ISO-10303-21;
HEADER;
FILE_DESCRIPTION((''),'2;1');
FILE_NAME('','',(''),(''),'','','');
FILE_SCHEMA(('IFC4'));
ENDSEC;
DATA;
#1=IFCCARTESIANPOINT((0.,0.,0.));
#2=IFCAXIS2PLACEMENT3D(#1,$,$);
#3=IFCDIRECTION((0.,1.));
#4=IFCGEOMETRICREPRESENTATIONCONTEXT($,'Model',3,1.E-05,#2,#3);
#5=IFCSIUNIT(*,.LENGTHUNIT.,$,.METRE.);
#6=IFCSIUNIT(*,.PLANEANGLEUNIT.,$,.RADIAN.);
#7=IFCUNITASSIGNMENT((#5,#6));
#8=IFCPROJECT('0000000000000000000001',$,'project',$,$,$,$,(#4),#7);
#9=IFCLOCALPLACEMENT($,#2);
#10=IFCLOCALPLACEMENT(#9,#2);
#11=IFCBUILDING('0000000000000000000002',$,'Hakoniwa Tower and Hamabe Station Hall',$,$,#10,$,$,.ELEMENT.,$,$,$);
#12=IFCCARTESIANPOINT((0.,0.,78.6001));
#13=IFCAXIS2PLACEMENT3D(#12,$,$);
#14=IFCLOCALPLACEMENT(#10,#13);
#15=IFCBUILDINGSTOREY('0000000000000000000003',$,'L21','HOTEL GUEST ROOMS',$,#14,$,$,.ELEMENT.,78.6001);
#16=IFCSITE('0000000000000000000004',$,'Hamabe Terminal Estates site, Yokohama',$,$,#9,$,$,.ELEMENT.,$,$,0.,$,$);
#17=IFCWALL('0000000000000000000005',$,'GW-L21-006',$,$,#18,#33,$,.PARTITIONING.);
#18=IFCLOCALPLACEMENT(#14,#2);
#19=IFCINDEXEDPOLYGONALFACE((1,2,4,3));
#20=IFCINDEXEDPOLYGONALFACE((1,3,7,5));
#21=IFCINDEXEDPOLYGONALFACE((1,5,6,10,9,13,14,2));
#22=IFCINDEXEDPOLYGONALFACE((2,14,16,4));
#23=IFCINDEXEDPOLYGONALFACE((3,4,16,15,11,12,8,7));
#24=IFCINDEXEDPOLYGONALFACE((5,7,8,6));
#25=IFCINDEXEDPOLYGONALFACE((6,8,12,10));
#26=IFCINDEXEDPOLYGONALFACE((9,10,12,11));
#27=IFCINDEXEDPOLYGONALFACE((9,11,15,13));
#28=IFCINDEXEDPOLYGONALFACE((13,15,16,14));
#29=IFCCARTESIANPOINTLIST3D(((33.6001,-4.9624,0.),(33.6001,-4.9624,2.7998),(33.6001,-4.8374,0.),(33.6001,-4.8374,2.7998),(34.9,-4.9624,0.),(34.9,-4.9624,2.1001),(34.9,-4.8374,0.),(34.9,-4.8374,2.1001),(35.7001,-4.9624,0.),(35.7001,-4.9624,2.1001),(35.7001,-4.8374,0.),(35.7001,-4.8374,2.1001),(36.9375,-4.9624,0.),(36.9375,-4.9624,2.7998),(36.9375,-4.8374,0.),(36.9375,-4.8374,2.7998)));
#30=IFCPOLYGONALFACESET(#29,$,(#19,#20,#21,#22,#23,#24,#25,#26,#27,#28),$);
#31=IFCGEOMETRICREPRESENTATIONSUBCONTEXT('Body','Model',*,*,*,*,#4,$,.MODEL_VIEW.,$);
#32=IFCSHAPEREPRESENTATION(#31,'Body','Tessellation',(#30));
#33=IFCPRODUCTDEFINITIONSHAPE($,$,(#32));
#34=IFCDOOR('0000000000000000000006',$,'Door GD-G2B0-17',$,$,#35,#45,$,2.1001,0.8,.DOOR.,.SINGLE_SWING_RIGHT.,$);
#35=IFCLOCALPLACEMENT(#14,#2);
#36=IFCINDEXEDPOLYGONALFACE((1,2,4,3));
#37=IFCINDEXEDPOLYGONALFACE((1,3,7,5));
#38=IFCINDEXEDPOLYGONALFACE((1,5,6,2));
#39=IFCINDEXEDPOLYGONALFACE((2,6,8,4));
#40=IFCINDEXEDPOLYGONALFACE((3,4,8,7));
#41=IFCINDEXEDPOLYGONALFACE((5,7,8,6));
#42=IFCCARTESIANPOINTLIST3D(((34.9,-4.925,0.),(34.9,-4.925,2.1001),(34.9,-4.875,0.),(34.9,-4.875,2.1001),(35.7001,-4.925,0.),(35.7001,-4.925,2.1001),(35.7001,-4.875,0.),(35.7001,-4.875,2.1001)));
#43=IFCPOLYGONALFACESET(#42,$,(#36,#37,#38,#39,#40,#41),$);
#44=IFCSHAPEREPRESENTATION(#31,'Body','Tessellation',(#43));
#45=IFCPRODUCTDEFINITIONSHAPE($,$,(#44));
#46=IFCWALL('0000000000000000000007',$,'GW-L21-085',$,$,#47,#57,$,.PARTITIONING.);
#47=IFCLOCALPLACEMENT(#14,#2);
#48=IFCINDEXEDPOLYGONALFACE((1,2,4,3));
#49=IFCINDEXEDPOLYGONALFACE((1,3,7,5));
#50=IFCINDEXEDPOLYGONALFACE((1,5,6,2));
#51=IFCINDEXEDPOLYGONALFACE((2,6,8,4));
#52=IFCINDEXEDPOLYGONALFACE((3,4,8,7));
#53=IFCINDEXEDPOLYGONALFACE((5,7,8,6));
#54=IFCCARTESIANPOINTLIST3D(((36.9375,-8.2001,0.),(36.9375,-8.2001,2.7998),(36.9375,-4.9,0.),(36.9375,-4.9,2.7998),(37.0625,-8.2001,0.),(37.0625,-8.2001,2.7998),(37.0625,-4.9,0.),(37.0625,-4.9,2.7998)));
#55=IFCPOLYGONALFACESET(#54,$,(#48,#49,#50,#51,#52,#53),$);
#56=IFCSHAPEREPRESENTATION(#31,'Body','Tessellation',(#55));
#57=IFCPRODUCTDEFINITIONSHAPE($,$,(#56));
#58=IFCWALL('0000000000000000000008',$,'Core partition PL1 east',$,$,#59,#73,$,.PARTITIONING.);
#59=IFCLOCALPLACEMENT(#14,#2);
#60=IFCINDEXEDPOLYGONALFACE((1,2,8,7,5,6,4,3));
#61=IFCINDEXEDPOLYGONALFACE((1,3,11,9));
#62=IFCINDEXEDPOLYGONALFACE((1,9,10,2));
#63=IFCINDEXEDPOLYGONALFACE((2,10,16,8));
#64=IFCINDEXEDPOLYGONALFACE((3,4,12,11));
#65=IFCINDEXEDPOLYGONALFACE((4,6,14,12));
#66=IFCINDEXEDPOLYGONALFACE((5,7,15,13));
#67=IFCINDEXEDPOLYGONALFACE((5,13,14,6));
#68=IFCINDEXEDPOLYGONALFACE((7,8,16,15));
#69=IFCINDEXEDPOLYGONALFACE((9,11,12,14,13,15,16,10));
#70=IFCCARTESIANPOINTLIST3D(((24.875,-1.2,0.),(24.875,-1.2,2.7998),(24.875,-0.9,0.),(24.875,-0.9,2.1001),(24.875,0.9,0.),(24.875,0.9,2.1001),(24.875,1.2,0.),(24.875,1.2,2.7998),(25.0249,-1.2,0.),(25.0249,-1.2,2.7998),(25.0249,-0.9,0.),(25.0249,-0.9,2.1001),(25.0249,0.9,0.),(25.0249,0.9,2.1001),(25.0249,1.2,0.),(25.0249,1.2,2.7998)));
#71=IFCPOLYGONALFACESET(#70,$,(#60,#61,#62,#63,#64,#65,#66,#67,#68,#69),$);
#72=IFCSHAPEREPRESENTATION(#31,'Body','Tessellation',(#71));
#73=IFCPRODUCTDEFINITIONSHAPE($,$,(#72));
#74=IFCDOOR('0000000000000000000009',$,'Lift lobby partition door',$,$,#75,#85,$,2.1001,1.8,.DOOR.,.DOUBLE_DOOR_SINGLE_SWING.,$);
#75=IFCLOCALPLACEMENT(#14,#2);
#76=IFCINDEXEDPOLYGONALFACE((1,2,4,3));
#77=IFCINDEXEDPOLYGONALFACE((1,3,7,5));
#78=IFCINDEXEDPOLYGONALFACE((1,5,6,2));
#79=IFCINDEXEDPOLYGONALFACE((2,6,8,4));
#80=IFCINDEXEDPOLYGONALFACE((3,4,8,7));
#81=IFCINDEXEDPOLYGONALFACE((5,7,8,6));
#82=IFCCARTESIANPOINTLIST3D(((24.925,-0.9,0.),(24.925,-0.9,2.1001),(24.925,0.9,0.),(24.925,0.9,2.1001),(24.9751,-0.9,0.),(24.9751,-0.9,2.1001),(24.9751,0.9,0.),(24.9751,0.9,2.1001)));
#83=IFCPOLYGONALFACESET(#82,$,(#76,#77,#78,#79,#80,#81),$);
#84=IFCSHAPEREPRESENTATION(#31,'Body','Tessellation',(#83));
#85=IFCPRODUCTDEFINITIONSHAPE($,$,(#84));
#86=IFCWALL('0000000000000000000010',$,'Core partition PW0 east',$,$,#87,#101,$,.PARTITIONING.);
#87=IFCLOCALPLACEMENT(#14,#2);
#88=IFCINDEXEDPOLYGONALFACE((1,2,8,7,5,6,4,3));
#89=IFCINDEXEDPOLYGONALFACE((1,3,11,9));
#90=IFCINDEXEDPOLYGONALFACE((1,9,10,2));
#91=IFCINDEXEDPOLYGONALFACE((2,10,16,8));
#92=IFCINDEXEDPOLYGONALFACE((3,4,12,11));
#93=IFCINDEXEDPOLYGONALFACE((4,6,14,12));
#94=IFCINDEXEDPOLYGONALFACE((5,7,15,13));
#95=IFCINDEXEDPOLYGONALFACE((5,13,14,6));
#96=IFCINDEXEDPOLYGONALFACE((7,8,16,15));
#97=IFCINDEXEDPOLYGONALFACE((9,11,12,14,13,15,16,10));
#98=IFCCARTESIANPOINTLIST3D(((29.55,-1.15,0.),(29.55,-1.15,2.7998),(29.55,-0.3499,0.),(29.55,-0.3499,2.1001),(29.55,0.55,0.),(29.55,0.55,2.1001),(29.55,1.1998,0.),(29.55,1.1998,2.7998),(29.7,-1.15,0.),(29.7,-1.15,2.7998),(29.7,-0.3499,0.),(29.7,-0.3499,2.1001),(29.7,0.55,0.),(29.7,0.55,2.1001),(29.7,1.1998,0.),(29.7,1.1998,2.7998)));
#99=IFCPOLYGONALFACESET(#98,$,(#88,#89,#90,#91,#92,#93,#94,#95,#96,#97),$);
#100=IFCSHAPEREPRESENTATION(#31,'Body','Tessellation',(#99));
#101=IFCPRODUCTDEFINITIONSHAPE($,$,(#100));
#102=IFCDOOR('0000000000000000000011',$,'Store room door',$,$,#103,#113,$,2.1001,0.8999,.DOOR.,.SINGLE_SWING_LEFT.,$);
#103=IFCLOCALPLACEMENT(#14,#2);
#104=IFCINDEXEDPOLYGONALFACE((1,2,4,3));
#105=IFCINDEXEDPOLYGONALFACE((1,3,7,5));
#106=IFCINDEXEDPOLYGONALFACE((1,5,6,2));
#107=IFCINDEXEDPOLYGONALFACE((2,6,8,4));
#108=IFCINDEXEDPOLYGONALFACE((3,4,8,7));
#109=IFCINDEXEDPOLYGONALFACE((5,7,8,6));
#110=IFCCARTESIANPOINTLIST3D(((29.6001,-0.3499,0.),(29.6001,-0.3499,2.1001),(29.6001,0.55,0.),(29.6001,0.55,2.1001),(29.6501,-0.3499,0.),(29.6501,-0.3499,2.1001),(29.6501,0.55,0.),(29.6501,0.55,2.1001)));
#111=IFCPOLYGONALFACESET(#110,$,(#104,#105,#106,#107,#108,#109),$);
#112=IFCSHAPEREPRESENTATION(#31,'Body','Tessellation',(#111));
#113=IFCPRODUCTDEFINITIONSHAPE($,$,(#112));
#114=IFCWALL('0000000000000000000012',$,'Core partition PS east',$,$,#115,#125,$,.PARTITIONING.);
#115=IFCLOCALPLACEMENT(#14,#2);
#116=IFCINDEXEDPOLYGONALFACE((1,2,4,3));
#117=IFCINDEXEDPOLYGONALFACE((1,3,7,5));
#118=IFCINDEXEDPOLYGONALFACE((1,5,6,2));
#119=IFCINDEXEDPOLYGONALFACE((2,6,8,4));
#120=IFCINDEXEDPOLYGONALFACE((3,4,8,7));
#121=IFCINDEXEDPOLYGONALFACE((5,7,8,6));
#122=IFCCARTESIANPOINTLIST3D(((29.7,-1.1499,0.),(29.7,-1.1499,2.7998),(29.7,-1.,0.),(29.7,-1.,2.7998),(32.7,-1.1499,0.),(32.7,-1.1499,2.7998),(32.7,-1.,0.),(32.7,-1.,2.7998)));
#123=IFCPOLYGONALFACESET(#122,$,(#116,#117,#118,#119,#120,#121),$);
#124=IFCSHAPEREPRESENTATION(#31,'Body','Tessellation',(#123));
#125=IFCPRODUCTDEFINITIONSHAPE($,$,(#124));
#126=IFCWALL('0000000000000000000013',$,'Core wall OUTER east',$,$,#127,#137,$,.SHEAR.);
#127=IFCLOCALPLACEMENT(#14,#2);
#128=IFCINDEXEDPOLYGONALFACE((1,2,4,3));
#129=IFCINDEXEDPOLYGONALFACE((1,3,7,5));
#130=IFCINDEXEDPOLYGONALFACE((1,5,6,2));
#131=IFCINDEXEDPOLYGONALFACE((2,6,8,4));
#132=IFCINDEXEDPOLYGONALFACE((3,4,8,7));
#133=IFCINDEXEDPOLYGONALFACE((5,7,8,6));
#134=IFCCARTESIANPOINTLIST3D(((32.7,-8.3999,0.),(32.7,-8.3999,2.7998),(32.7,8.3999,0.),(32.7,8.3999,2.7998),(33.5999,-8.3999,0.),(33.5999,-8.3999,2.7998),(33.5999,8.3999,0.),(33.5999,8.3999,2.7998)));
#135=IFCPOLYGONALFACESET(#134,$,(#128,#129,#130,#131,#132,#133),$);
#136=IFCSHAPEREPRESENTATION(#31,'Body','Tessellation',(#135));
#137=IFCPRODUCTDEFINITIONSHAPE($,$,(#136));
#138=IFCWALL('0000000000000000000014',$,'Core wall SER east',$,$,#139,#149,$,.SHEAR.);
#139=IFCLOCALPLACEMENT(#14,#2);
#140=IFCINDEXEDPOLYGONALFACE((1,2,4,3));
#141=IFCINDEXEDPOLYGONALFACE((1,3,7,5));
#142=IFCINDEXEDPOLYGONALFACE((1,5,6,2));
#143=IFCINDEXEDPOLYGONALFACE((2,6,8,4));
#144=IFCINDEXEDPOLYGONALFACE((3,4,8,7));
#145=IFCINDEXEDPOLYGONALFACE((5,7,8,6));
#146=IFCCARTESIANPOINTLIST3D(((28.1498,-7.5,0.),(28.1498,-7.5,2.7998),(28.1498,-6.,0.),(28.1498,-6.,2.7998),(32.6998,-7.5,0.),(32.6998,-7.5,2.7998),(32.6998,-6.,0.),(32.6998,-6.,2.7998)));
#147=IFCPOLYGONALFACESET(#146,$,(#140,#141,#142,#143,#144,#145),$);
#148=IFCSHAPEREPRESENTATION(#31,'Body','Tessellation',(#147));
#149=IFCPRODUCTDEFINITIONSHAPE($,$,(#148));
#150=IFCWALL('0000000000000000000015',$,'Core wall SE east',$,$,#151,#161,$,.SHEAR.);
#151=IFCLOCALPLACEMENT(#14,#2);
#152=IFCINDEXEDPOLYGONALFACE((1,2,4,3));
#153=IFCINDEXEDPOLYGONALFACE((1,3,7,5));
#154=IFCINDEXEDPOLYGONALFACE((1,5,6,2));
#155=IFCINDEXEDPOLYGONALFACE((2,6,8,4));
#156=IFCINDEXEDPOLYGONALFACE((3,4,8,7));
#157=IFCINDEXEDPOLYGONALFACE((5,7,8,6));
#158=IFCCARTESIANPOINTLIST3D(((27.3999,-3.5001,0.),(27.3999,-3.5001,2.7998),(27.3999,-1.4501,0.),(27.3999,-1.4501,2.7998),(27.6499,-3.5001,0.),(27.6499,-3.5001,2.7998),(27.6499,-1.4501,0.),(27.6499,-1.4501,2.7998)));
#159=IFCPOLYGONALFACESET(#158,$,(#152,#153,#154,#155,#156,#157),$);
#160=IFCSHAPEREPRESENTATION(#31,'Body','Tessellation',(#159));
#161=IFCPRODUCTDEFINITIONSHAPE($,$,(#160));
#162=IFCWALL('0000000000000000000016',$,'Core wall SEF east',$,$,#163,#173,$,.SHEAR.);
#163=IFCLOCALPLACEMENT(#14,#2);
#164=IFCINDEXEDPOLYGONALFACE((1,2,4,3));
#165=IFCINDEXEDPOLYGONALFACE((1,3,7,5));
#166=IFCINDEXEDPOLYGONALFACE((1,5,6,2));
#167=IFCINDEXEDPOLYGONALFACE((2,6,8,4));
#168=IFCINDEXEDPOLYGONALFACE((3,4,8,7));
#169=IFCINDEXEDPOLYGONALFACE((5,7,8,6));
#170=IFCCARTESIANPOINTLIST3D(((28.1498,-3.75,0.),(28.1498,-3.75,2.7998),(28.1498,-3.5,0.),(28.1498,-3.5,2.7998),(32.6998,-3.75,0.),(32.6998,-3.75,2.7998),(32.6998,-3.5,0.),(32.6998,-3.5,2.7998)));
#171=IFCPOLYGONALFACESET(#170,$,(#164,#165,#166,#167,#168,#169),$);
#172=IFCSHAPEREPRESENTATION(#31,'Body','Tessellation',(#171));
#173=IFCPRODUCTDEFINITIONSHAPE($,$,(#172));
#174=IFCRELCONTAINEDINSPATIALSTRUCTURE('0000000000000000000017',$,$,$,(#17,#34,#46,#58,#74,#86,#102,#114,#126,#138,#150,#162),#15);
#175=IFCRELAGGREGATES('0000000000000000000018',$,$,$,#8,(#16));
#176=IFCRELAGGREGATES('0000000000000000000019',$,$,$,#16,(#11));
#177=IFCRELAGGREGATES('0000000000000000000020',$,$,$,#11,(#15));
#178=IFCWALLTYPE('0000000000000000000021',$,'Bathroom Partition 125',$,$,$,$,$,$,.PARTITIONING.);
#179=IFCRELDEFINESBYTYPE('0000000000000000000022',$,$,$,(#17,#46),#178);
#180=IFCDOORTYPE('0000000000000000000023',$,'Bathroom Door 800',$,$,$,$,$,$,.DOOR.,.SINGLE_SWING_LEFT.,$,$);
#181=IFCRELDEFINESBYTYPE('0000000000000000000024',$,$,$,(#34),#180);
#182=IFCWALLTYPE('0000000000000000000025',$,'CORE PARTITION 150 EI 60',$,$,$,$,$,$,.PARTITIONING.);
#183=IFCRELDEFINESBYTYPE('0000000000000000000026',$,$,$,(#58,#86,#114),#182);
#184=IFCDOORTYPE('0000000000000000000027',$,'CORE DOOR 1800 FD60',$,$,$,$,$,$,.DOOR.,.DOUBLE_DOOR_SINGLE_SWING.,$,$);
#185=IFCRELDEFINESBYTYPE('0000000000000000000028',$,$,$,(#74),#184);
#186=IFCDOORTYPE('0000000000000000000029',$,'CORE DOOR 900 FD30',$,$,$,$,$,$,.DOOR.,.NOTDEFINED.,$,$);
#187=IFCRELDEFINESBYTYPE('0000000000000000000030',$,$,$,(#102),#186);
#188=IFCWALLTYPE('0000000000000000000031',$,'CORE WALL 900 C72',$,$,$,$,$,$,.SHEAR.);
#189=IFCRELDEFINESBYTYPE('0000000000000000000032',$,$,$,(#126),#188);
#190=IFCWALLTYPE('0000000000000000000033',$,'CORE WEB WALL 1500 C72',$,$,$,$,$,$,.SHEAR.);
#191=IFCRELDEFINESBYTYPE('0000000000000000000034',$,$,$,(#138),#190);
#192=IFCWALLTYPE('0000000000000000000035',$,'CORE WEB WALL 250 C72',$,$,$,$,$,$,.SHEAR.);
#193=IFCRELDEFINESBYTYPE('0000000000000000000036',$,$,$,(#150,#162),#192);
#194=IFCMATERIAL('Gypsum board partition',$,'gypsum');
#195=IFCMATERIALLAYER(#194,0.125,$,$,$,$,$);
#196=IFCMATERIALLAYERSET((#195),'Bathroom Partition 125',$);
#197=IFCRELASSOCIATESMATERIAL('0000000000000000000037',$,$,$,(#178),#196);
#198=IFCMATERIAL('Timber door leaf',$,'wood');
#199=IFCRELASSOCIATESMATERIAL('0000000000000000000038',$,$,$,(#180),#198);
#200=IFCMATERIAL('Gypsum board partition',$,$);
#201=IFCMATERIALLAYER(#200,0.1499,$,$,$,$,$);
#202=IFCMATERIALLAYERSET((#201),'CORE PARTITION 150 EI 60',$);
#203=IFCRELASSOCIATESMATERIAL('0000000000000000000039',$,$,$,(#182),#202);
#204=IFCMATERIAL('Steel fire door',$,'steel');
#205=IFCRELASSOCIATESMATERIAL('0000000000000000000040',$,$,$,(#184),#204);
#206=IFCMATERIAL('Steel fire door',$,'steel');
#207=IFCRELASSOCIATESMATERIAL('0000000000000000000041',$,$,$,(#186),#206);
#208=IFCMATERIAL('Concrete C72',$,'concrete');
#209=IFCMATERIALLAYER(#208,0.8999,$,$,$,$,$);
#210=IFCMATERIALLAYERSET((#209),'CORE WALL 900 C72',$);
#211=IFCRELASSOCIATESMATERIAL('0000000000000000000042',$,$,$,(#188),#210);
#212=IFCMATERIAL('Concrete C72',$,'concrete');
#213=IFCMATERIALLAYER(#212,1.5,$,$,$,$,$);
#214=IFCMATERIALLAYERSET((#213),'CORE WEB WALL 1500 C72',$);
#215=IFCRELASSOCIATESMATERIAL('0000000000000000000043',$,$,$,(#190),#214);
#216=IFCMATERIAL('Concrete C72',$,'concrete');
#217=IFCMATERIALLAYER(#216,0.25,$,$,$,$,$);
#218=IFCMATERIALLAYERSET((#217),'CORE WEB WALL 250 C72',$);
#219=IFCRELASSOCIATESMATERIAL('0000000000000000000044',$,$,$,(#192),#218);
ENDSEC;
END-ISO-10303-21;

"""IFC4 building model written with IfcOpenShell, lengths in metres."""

from ifc_helpers import new_model, si_unit, direction, frame, frame_2d, origin, place, context, subcontext, project, spatial, rectangle, extrude, material, layer, layer_set, type_object, element, fill, save


model = new_model("IFC4")

# Units and contexts
model_context = context("Model", 3, precision=1e-05, world=origin(), true_north=direction((0.0, 1.0)))
body_context = subcontext(model_context, "Body", "Model", "MODEL_VIEW")
ifc_project = project(units=[si_unit("LENGTHUNIT", "METRE"), si_unit("PLANEANGLEUNIT", "RADIAN")], contexts=[model_context])

# Site, building, storey
site_placement = place(None, origin())
site = spatial("IfcSite", under=ifc_project, at=site_placement, Name="Hamabe Terminal Estates site, Yokohama", CompositionType="ELEMENT", RefElevation=0.0)
building_placement = place(site_placement, origin())
building = spatial("IfcBuilding", under=site, at=building_placement, Name="Hakoniwa Tower and Hamabe Station Hall", CompositionType="ELEMENT")
storey_placement = place(building_placement, frame((0.0, 0.0, 78.6001)))
storey = spatial("IfcBuildingStorey", under=building, at=storey_placement, Name="L21", Description="HOTEL GUEST ROOMS", CompositionType="ELEMENT", Elevation=78.6001)

# Wall, opening, door
ifc_material_1 = material(Name="Gypsum board partition", Category="gypsum")
ifc_layer_1 = layer(ifc_material_1, 0.125)
ifc_layer_set_1 = layer_set([ifc_layer_1], Name="Bathroom Partition 125")
wall_type_1 = type_object("IfcWallType", Name="Bathroom Partition 125", PredefinedType="PARTITIONING", material=ifc_layer_set_1)
wall_1_placement = place(storey_placement, frame((33.6001, -4.8999, 0.0), z_axis=(0.0, 0.0, 1.0), x_axis=(1.0, 0.0, 0.0)))
wall_1 = element("IfcWall", 1, at=wall_1_placement, inside=storey, type_object=wall_type_1, Name="GW-L21-006", PredefinedType="PARTITIONING", context=body_context, shape_type="SweptSolid", body=[
    extrude(rectangle(XDim=3.3374, YDim=0.125, at=frame_2d((1.6687, 0.0))), origin(), (0.0, 0.0, 1.0), 2.7998),
])
opening_1_placement = place(wall_1_placement, frame((1.3, 0.0, 0.0)))
opening_1 = element("IfcOpeningElement", 2, at=opening_1_placement, cuts=wall_1, PredefinedType="OPENING", context=body_context, shape_type="SweptSolid", body=[
    extrude(rectangle(XDim=0.8, YDim=2.1001, at=frame_2d((0.3999, 1.05))), frame((0.0, 0.0725, 0.0), z_axis=(0.0, -1.0, 0.0), x_axis=(1.0, 0.0, 0.0)), (0.0, 0.0, 1.0), 0.145),
])
ifc_material_2 = material(Name="Timber door leaf", Category="wood")
door_type_1 = type_object("IfcDoorType", Name="Bathroom Door 800", OperationType="SINGLE_SWING_LEFT", PredefinedType="DOOR", material=ifc_material_2)
door_1_placement = place(opening_1_placement, origin())
door_1 = element("IfcDoor", 3, at=door_1_placement, inside=storey, type_object=door_type_1, Name="Door GD-G2B0-17", OperationType="SINGLE_SWING_RIGHT", OverallHeight=2.1001, OverallWidth=0.8, PredefinedType="DOOR", context=body_context, shape_type="SweptSolid", body=[
    extrude(rectangle(XDim=0.8, YDim=2.1001, at=frame_2d((0.3999, 1.05))), frame((0.0, 0.0249, 0.0), z_axis=(0.0, -1.0, 0.0), x_axis=(1.0, 0.0, 0.0)), (0.0, 0.0, 1.0), 0.05),
])
fill(opening_1, door_1)

# Wall
wall_2_placement = place(storey_placement, frame((37.0, -8.2, 0.0), z_axis=(0.0, 0.0, 1.0), x_axis=(0.0, 1.0, 0.0)))
element("IfcWall", 4, at=wall_2_placement, inside=storey, type_object=wall_type_1, Name="GW-L21-085", PredefinedType="PARTITIONING", context=body_context, shape_type="SweptSolid", body=[
    extrude(rectangle(XDim=3.3, YDim=0.125, at=frame_2d((1.6499, 0.0))), origin(), (0.0, 0.0, 1.0), 2.7998),
])

# Walls, openings, doors
ifc_material_3 = material(Name="Gypsum board partition")
ifc_layer_2 = layer(ifc_material_3, 0.1499)
ifc_layer_set_2 = layer_set([ifc_layer_2], Name="CORE PARTITION 150 EI 60")
wall_type_2 = type_object("IfcWallType", Name="CORE PARTITION 150 EI 60", PredefinedType="PARTITIONING", material=ifc_layer_set_2)
wall_3_placement = place(storey_placement, frame((24.95, -1.2, 0.0), z_axis=(0.0, 0.0, 1.0), x_axis=(0.0, 1.0, 0.0)))
wall_3 = element("IfcWall", 5, at=wall_3_placement, inside=storey, type_object=wall_type_2, Name="Core partition PL1 east", PredefinedType="PARTITIONING", context=body_context, shape_type="SweptSolid", body=[
    extrude(rectangle(XDim=2.3999, YDim=0.1499, at=frame_2d((1.2, 0.0))), origin(), (0.0, 0.0, 1.0), 2.7998),
])
opening_2_placement = place(wall_3_placement, frame((0.3, 0.0, 0.0)))
opening_2 = element("IfcOpeningElement", 6, at=opening_2_placement, cuts=wall_3, PredefinedType="OPENING", context=body_context, shape_type="SweptSolid", body=[
    extrude(rectangle(XDim=1.8, YDim=2.1001, at=frame_2d((0.8999, 1.05))), frame((0.0, 0.085, 0.0), z_axis=(0.0, -1.0, 0.0), x_axis=(1.0, 0.0, 0.0)), (0.0, 0.0, 1.0), 0.1699),
])
ifc_material_4 = material(Name="Steel fire door", Category="steel")
door_type_2 = type_object("IfcDoorType", Name="CORE DOOR 1800 FD60", OperationType="DOUBLE_DOOR_SINGLE_SWING", PredefinedType="DOOR", material=ifc_material_4)
door_2_placement = place(opening_2_placement, origin())
door_2 = element("IfcDoor", 7, at=door_2_placement, inside=storey, type_object=door_type_2, Name="Lift lobby partition door", OperationType="DOUBLE_DOOR_SINGLE_SWING", OverallHeight=2.1001, OverallWidth=1.8, PredefinedType="DOOR", context=body_context, shape_type="SweptSolid", body=[
    extrude(rectangle(XDim=1.8, YDim=2.1001, at=frame_2d((0.8999, 1.05))), frame((0.0, 0.0249, 0.0), z_axis=(0.0, -1.0, 0.0), x_axis=(1.0, 0.0, 0.0)), (0.0, 0.0, 1.0), 0.05),
])
fill(opening_2, door_2)
wall_4_placement = place(storey_placement, frame((29.625, -1.1499, 0.0), z_axis=(0.0, 0.0, 1.0), x_axis=(0.0, 1.0, 0.0)))
wall_4 = element("IfcWall", 8, at=wall_4_placement, inside=storey, type_object=wall_type_2, Name="Core partition PW0 east", PredefinedType="PARTITIONING", context=body_context, shape_type="SweptSolid", body=[
    extrude(rectangle(XDim=2.3499, YDim=0.1499, at=frame_2d((1.1748, 0.0))), origin(), (0.0, 0.0, 1.0), 2.7998),
])
opening_3_placement = place(wall_4_placement, frame((0.8, 0.0, 0.0)))
opening_3 = element("IfcOpeningElement", 9, at=opening_3_placement, cuts=wall_4, PredefinedType="OPENING", context=body_context, shape_type="SweptSolid", body=[
    extrude(rectangle(XDim=0.8999, YDim=2.1001, at=frame_2d((0.45, 1.05))), frame((0.0, 0.085, 0.0), z_axis=(0.0, -1.0, 0.0), x_axis=(1.0, 0.0, 0.0)), (0.0, 0.0, 1.0), 0.1699),
])
ifc_material_5 = material(Name="Steel fire door", Category="steel")
door_type_3 = type_object("IfcDoorType", Name="CORE DOOR 900 FD30", OperationType="NOTDEFINED", PredefinedType="DOOR", material=ifc_material_5)
door_3_placement = place(opening_3_placement, origin())
door_3 = element("IfcDoor", 10, at=door_3_placement, inside=storey, type_object=door_type_3, Name="Store room door", OperationType="SINGLE_SWING_LEFT", OverallHeight=2.1001, OverallWidth=0.8999, PredefinedType="DOOR", context=body_context, shape_type="SweptSolid", body=[
    extrude(rectangle(XDim=0.8999, YDim=2.1001, at=frame_2d((0.45, 1.05))), frame((0.0, 0.0249, 0.0), z_axis=(0.0, -1.0, 0.0), x_axis=(1.0, 0.0, 0.0)), (0.0, 0.0, 1.0), 0.05),
])
fill(opening_3, door_3)

# Walls
wall_5_placement = place(storey_placement, frame((29.7, -1.075, 0.0), z_axis=(0.0, 0.0, 1.0), x_axis=(1.0, 0.0, 0.0)))
element("IfcWall", 11, at=wall_5_placement, inside=storey, type_object=wall_type_2, Name="Core partition PS east", PredefinedType="PARTITIONING", context=body_context, shape_type="SweptSolid", body=[
    extrude(rectangle(XDim=3.0, YDim=0.1499, at=frame_2d((1.5, 0.0))), origin(), (0.0, 0.0, 1.0), 2.7998),
])
ifc_material_6 = material(Name="Concrete C72", Category="concrete")
ifc_layer_3 = layer(ifc_material_6, 0.8999)
ifc_layer_set_3 = layer_set([ifc_layer_3], Name="CORE WALL 900 C72")
wall_type_3 = type_object("IfcWallType", Name="CORE WALL 900 C72", PredefinedType="SHEAR", material=ifc_layer_set_3)
wall_6_placement = place(storey_placement, frame((33.1499, -8.3999, 0.0), z_axis=(0.0, 0.0, 1.0), x_axis=(0.0, 1.0, 0.0)))
element("IfcWall", 12, at=wall_6_placement, inside=storey, type_object=wall_type_3, Name="Core wall OUTER east", PredefinedType="SHEAR", context=body_context, shape_type="SweptSolid", body=[
    extrude(rectangle(XDim=16.7998, YDim=0.8999, at=frame_2d((8.3999, 0.0))), origin(), (0.0, 0.0, 1.0), 2.7998),
])
ifc_material_7 = material(Name="Concrete C72", Category="concrete")
ifc_layer_4 = layer(ifc_material_7, 1.5)
ifc_layer_set_4 = layer_set([ifc_layer_4], Name="CORE WEB WALL 1500 C72")
wall_type_4 = type_object("IfcWallType", Name="CORE WEB WALL 1500 C72", PredefinedType="SHEAR", material=ifc_layer_set_4)
wall_7_placement = place(storey_placement, frame((28.1499, -6.75, 0.0), z_axis=(0.0, 0.0, 1.0), x_axis=(1.0, 0.0, 0.0)))
element("IfcWall", 13, at=wall_7_placement, inside=storey, type_object=wall_type_4, Name="Core wall SER east", PredefinedType="SHEAR", context=body_context, shape_type="SweptSolid", body=[
    extrude(rectangle(XDim=4.55, YDim=1.5, at=frame_2d((2.2749, 0.0))), origin(), (0.0, 0.0, 1.0), 2.7998),
])
ifc_material_8 = material(Name="Concrete C72", Category="concrete")
ifc_layer_5 = layer(ifc_material_8, 0.25)
ifc_layer_set_5 = layer_set([ifc_layer_5], Name="CORE WEB WALL 250 C72")
wall_type_5 = type_object("IfcWallType", Name="CORE WEB WALL 250 C72", PredefinedType="SHEAR", material=ifc_layer_set_5)
wall_8_placement = place(storey_placement, frame((27.5249, -3.5, 0.0), z_axis=(0.0, 0.0, 1.0), x_axis=(0.0, 1.0, 0.0)))
element("IfcWall", 14, at=wall_8_placement, inside=storey, type_object=wall_type_5, Name="Core wall SE east", PredefinedType="SHEAR", context=body_context, shape_type="SweptSolid", body=[
    extrude(rectangle(XDim=2.05, YDim=0.25, at=frame_2d((1.0249, 0.0))), origin(), (0.0, 0.0, 1.0), 2.7998),
])
wall_9_placement = place(storey_placement, frame((28.1499, -3.625, 0.0), z_axis=(0.0, 0.0, 1.0), x_axis=(1.0, 0.0, 0.0)))
element("IfcWall", 15, at=wall_9_placement, inside=storey, type_object=wall_type_5, Name="Core wall SEF east", PredefinedType="SHEAR", context=body_context, shape_type="SweptSolid", body=[
    extrude(rectangle(XDim=4.55, YDim=0.25, at=frame_2d((2.2749, 0.0))), origin(), (0.0, 0.0, 1.0), 2.7998),
])

save(model, "model.ifc")
